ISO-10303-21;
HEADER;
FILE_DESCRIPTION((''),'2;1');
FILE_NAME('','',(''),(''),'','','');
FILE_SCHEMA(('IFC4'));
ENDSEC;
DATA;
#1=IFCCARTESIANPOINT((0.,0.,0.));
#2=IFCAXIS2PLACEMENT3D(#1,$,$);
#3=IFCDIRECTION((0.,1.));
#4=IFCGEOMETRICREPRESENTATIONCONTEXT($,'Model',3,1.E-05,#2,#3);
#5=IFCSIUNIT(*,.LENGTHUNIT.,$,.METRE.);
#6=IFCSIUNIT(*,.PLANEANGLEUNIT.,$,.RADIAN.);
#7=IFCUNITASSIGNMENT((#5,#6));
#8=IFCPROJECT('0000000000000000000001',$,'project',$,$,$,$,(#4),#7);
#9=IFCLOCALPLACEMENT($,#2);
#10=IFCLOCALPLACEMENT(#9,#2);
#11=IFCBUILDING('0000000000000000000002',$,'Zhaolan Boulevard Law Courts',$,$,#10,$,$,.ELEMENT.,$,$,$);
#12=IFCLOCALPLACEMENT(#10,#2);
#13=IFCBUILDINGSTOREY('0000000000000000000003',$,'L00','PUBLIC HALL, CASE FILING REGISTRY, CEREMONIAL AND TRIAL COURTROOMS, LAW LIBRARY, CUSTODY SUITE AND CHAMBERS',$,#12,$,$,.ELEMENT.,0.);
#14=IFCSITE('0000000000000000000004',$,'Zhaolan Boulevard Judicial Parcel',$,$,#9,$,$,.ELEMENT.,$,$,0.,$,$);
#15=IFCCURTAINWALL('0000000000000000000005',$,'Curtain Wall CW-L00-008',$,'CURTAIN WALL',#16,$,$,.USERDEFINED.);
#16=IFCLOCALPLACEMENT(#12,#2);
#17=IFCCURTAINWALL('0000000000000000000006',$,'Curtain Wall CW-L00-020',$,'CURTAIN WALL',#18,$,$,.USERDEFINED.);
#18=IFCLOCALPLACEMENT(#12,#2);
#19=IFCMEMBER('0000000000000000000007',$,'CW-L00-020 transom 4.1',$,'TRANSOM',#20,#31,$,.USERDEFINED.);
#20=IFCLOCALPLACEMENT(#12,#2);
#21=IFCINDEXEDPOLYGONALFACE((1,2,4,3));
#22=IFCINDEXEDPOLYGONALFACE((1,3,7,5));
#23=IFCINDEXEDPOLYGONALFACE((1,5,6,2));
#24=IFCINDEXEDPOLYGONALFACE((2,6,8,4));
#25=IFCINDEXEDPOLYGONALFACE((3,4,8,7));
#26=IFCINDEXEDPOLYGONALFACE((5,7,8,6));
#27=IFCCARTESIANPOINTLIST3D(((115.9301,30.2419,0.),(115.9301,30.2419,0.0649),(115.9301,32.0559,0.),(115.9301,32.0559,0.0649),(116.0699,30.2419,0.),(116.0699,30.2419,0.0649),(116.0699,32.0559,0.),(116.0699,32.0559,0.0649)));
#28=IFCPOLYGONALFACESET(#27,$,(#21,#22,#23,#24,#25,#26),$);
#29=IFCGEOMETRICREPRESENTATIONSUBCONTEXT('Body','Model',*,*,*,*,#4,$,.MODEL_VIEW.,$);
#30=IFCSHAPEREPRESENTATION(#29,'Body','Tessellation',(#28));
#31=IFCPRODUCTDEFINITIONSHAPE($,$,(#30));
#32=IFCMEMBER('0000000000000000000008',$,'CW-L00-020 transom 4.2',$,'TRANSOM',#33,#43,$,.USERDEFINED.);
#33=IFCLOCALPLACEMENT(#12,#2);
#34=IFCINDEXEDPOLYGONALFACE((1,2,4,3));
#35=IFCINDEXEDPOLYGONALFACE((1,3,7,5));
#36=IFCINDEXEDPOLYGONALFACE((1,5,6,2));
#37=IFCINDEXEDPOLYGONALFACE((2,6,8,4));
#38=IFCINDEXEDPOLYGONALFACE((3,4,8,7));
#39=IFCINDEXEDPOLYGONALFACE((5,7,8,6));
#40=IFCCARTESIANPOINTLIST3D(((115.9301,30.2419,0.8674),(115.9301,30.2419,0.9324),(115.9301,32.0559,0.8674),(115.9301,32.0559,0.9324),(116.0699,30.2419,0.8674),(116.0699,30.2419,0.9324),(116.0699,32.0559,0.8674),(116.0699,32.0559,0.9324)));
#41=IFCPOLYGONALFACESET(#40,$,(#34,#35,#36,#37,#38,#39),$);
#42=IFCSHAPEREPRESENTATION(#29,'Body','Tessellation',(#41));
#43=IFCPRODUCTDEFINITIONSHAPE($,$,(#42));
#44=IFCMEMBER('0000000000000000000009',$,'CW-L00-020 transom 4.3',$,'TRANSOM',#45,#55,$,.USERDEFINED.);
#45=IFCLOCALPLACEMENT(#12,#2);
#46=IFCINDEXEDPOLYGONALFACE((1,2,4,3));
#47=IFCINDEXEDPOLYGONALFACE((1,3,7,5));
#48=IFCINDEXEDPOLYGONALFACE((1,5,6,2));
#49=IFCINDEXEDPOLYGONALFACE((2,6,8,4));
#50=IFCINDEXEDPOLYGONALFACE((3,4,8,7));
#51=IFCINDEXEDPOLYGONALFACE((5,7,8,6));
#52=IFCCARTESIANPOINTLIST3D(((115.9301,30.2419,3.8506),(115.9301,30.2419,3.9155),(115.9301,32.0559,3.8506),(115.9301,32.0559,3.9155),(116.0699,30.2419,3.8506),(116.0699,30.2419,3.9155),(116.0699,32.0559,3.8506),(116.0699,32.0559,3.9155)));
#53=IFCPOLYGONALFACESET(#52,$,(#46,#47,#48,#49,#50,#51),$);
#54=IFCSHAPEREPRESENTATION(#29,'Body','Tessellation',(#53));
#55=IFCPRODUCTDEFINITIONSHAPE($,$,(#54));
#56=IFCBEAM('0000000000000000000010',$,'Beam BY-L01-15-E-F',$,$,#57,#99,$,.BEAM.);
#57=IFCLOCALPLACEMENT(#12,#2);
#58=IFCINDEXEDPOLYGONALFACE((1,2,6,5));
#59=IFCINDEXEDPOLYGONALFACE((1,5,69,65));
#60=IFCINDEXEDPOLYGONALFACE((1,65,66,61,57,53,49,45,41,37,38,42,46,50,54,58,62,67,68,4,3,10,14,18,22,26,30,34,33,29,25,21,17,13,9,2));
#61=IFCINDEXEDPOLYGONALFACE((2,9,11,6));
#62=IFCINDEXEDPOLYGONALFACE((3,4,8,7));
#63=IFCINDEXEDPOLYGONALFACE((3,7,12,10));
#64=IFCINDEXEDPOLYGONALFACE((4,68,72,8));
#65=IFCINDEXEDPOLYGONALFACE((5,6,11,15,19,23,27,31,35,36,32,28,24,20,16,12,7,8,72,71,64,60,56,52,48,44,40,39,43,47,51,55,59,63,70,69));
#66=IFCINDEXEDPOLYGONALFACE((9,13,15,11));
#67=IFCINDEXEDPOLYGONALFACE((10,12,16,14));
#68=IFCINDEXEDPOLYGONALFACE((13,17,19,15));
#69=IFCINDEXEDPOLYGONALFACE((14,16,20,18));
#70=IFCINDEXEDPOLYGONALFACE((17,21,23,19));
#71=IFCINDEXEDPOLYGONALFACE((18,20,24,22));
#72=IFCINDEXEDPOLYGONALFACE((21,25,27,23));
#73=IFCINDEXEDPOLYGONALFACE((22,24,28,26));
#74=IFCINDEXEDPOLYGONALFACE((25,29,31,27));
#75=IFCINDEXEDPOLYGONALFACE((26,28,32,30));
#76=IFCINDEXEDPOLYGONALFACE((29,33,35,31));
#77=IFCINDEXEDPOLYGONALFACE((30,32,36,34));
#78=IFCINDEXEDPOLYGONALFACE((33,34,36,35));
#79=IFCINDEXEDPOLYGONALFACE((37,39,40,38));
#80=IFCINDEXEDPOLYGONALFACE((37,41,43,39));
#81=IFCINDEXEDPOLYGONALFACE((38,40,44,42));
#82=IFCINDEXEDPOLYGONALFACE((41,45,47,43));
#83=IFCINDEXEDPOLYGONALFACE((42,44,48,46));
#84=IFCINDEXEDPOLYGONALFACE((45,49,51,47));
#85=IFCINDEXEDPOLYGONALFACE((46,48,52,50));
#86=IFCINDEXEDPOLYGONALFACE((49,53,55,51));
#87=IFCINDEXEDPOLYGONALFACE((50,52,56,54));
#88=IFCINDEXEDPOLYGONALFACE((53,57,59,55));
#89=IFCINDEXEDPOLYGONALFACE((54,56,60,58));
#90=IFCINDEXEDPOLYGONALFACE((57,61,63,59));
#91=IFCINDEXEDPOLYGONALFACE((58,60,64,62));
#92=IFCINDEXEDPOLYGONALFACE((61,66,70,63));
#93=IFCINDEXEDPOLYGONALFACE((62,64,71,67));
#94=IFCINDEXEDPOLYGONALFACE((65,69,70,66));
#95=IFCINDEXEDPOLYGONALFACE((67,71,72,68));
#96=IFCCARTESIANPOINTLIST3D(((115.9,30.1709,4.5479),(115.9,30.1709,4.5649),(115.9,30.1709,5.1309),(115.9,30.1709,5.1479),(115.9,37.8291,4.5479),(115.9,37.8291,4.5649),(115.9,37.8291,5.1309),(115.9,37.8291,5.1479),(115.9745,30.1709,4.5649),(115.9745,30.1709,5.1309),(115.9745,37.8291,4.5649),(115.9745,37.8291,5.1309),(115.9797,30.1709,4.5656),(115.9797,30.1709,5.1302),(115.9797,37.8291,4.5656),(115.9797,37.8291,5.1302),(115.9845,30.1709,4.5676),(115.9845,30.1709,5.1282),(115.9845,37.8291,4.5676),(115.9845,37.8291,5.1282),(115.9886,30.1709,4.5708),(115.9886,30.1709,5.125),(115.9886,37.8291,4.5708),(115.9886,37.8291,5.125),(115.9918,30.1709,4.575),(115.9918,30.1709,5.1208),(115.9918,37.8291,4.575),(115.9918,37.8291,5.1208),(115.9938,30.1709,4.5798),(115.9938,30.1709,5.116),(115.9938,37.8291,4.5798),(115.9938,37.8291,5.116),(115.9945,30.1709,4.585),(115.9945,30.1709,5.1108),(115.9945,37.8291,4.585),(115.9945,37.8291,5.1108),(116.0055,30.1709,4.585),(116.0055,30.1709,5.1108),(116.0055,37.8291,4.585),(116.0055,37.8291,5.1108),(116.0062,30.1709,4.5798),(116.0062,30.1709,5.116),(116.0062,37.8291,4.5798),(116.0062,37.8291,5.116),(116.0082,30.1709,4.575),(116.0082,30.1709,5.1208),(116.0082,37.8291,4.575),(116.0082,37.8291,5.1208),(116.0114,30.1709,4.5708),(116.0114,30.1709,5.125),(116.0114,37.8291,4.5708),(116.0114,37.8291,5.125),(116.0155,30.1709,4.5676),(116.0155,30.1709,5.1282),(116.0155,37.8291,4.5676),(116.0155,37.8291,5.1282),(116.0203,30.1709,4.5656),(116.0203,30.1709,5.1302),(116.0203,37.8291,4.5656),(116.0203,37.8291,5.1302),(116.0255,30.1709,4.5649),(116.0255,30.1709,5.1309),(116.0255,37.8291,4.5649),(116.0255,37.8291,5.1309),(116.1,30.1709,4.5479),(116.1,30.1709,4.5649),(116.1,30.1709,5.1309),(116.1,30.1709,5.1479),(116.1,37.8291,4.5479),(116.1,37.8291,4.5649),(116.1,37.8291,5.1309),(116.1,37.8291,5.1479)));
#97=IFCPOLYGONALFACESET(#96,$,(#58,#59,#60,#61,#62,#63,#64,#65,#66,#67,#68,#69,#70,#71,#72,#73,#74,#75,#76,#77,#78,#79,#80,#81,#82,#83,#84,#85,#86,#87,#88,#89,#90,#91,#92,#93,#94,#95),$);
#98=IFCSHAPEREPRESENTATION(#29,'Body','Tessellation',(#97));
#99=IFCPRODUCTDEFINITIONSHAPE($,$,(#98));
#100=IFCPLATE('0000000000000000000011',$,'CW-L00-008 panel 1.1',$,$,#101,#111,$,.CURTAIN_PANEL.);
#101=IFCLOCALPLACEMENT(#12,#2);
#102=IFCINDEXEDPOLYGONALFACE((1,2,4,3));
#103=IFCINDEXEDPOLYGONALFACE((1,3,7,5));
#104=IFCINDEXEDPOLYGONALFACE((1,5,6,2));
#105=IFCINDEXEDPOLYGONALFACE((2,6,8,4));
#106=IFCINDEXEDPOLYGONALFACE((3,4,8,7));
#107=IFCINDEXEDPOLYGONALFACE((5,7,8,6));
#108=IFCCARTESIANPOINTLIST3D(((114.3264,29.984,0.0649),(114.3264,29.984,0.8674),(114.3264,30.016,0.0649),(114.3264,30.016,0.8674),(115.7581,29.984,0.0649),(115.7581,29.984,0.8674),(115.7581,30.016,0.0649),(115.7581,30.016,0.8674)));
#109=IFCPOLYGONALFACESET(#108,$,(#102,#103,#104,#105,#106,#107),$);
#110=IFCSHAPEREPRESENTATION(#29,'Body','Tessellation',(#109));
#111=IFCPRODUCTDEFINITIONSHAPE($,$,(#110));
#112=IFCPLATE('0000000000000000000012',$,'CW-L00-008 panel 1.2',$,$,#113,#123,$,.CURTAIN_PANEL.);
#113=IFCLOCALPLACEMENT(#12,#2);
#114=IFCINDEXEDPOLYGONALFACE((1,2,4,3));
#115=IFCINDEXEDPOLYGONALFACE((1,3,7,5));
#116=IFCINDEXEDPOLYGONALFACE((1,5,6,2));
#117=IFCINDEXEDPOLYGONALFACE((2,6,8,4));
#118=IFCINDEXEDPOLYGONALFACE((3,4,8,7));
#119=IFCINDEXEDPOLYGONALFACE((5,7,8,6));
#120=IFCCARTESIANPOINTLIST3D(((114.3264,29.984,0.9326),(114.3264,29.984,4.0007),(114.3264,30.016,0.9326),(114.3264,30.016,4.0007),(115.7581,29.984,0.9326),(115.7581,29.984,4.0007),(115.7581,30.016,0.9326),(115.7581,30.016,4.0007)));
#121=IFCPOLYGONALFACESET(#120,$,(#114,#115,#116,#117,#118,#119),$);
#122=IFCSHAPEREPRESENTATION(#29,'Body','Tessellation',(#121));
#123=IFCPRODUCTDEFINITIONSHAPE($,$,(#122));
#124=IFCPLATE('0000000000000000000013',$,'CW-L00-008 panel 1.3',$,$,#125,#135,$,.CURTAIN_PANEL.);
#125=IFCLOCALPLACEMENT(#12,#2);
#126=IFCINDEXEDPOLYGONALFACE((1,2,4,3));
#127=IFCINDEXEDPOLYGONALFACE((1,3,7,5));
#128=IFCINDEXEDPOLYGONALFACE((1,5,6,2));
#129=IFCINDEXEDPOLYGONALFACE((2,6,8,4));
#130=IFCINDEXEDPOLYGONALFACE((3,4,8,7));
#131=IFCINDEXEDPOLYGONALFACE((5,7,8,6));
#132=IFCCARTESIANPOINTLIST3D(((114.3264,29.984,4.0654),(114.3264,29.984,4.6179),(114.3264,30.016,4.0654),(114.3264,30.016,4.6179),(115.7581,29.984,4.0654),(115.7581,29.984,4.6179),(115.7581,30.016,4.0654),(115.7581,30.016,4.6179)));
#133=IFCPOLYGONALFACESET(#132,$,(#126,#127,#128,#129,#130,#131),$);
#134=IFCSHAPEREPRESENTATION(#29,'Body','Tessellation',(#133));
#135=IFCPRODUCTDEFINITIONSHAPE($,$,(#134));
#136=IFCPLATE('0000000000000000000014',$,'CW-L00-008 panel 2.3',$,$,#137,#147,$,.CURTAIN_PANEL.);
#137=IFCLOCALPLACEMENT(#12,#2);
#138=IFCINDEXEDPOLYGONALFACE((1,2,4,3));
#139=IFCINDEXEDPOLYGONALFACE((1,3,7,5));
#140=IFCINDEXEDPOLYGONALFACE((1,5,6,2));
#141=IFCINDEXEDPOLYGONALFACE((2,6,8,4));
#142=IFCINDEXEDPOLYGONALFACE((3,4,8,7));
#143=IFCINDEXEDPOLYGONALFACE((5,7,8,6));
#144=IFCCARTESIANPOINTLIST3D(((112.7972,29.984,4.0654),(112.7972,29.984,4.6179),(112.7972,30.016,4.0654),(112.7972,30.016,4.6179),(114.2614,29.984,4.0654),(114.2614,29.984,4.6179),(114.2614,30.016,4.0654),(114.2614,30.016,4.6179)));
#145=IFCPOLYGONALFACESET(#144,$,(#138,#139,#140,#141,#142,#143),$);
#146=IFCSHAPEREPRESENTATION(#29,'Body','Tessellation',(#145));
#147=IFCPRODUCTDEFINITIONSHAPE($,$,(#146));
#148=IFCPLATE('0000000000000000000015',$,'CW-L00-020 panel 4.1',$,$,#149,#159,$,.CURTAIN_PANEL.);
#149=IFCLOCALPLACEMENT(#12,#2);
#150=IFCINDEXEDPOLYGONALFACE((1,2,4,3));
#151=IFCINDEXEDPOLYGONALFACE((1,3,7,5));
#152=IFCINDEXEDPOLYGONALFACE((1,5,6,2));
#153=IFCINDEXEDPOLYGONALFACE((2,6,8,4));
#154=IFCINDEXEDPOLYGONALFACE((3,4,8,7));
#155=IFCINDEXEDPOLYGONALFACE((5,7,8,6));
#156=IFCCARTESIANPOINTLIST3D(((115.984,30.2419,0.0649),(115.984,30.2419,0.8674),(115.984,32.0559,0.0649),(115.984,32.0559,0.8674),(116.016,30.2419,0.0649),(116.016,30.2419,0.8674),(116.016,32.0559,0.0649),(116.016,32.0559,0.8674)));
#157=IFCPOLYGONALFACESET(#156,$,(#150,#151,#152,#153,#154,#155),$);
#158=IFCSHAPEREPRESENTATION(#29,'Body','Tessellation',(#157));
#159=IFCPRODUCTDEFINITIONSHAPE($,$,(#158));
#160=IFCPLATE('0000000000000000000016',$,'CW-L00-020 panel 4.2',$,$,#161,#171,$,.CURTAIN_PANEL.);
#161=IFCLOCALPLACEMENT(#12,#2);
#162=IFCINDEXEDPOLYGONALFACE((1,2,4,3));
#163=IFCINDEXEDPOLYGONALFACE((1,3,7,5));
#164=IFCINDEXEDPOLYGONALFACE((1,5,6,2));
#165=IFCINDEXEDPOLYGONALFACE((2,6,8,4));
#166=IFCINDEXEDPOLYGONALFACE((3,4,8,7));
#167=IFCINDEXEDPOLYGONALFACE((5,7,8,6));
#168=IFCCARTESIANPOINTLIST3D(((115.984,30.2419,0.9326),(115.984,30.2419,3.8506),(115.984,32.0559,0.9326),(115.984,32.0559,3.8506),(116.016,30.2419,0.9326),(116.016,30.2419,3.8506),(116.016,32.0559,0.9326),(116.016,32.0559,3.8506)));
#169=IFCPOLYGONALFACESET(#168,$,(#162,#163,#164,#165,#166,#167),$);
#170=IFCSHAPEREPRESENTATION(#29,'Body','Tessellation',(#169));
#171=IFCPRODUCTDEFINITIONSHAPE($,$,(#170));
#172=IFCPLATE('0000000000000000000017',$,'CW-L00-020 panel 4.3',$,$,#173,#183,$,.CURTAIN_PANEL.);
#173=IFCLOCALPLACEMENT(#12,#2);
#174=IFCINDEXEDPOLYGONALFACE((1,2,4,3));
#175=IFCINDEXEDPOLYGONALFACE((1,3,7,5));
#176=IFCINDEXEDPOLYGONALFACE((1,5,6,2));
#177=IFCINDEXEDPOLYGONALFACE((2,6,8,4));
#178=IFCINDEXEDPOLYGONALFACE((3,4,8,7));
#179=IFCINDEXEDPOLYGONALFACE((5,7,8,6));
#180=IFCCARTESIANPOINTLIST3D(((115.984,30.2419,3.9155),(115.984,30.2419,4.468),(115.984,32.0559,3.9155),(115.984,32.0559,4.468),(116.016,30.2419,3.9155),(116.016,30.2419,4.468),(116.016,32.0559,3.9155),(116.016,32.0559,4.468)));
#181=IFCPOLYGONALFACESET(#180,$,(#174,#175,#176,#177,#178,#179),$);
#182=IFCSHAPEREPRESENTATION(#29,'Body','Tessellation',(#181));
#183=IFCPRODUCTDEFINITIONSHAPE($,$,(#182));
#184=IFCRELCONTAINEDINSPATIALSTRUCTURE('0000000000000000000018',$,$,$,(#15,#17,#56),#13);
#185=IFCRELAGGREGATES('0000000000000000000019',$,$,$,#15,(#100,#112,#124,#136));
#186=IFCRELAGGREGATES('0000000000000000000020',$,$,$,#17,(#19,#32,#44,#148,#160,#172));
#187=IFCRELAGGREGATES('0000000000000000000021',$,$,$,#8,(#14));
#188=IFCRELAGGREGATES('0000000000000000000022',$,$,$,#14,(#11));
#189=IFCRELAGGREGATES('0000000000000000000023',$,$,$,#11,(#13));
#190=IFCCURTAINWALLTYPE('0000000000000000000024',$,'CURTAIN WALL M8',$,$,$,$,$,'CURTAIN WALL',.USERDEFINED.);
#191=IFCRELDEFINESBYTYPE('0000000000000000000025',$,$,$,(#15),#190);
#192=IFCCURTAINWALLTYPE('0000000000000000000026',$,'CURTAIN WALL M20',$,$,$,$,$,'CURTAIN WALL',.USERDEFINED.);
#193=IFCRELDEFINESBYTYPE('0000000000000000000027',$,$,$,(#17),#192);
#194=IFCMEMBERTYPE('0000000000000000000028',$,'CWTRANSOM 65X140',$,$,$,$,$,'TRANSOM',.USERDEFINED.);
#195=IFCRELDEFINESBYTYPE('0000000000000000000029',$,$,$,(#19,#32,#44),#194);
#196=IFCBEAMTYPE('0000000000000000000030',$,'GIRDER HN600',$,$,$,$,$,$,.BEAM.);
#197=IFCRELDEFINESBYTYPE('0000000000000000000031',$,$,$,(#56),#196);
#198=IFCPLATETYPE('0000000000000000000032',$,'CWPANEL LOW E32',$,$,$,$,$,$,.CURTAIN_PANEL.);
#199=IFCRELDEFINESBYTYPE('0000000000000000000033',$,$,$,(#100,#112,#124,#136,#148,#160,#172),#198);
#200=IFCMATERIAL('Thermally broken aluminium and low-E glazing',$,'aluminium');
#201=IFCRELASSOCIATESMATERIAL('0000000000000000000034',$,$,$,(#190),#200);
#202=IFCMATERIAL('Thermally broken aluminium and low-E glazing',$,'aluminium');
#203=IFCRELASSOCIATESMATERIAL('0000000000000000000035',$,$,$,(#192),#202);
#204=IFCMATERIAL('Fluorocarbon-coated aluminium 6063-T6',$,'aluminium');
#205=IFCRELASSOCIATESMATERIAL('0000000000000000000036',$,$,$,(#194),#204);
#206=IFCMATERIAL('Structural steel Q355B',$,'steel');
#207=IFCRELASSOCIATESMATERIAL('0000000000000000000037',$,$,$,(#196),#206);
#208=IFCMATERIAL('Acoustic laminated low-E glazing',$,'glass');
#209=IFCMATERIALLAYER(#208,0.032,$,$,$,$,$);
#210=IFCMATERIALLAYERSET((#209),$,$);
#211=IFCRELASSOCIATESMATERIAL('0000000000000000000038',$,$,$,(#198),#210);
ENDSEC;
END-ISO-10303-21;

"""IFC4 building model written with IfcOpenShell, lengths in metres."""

from ifc_helpers import new_model, si_unit, direction, frame, origin, origin_2d, place, context, subcontext, project, spatial, rectangle, i_section, extrude, material, layer, layer_set, material_profile, profile_set, type_object, element, aggregate, save


model = new_model("IFC4")

# Units and contexts
model_context = context("Model", 3, precision=1e-05, world=origin(), true_north=direction((0.0, 1.0)))
body_context = subcontext(model_context, "Body", "Model", "MODEL_VIEW")
ifc_project = project(units=[si_unit("LENGTHUNIT", "METRE"), si_unit("PLANEANGLEUNIT", "RADIAN")], contexts=[model_context])

# Site, building, storey
site_placement = place(None, origin())
site = spatial("IfcSite", under=ifc_project, at=site_placement, Name="Zhaolan Boulevard Judicial Parcel", CompositionType="ELEMENT", RefElevation=0.0)
building_placement = place(site_placement, origin())
building = spatial("IfcBuilding", under=site, at=building_placement, Name="Zhaolan Boulevard Law Courts", CompositionType="ELEMENT")
storey_placement = place(building_placement, origin())
storey = spatial("IfcBuildingStorey", under=building, at=storey_placement, Name="L00", Description="PUBLIC HALL, CASE FILING REGISTRY, CEREMONIAL AND TRIAL COURTROOMS, LAW LIBRARY, CUSTODY SUITE AND CHAMBERS", CompositionType="ELEMENT", Elevation=0.0)

# Curtain wall
ifc_material_1 = material(Name="Thermally broken aluminium and low-E glazing", Category="aluminium")
curtain_wall_type_1 = type_object("IfcCurtainWallType", Name="CURTAIN WALL M8", ElementType="CURTAIN WALL", PredefinedType="USERDEFINED", material=ifc_material_1)
curtain_wall_1_placement = place(storey_placement, origin())
curtain_wall_1 = element("IfcCurtainWall", 1, at=curtain_wall_1_placement, inside=storey, type_object=curtain_wall_type_1, Name="Curtain Wall CW-L00-008", ObjectType="CURTAIN WALL", PredefinedType="USERDEFINED")

# Curtain wall
ifc_material_2 = material(Name="Thermally broken aluminium and low-E glazing", Category="aluminium")
curtain_wall_type_2 = type_object("IfcCurtainWallType", Name="CURTAIN WALL M20", ElementType="CURTAIN WALL", PredefinedType="USERDEFINED", material=ifc_material_2)
curtain_wall_2_placement = place(storey_placement, origin())
curtain_wall_2 = element("IfcCurtainWall", 2, at=curtain_wall_2_placement, inside=storey, type_object=curtain_wall_type_2, Name="Curtain Wall CW-L00-020", ObjectType="CURTAIN WALL", PredefinedType="USERDEFINED")

# Members
ifc_material_3 = material(Name="Fluorocarbon-coated aluminium 6063-T6", Category="aluminium")
ifc_material_profile_1 = material_profile(ifc_material_3, rectangle(XDim=0.1399, YDim=0.0649, at=origin_2d()), Name="AL65x140")
ifc_profile_set_1 = profile_set([ifc_material_profile_1], Name="Fluorocarbon-coated aluminium 6063-T6")
member_type_1 = type_object("IfcMemberType", Name="CWTRANSOM 65X140", ElementType="TRANSOM", PredefinedType="USERDEFINED", material=ifc_profile_set_1)
member_1_placement = place(storey_placement, frame((116.0, 32.0559, 0.0325), z_axis=(0.0, -1.0, 0.0), x_axis=(1.0, 0.0, 0.0)))
member_1 = element("IfcMember", 3, at=member_1_placement, type_object=member_type_1, Name="CW-L00-020 transom 4.1", ObjectType="TRANSOM", PredefinedType="USERDEFINED", context=body_context, shape_type="SweptSolid", body=[
    extrude(rectangle(XDim=0.1399, YDim=0.0649, at=origin_2d()), origin(), (0.0, 0.0, 1.0), 1.814),
])
member_2_placement = place(storey_placement, frame((116.0, 32.0559, 0.8999), z_axis=(0.0, -1.0, 0.0), x_axis=(1.0, 0.0, 0.0)))
member_2 = element("IfcMember", 4, at=member_2_placement, type_object=member_type_1, Name="CW-L00-020 transom 4.2", ObjectType="TRANSOM", PredefinedType="USERDEFINED", context=body_context, shape_type="SweptSolid", body=[
    extrude(rectangle(XDim=0.1399, YDim=0.0649, at=origin_2d()), origin(), (0.0, 0.0, 1.0), 1.814),
])
member_3_placement = place(storey_placement, frame((116.0, 32.0559, 3.8831), z_axis=(0.0, -1.0, 0.0), x_axis=(1.0, 0.0, 0.0)))
member_3 = element("IfcMember", 5, at=member_3_placement, type_object=member_type_1, Name="CW-L00-020 transom 4.3", ObjectType="TRANSOM", PredefinedType="USERDEFINED", context=body_context, shape_type="SweptSolid", body=[
    extrude(rectangle(XDim=0.1399, YDim=0.0649, at=origin_2d()), origin(), (0.0, 0.0, 1.0), 1.814),
])

# Beam
ifc_material_4 = material(Name="Structural steel Q355B", Category="steel")
ifc_material_profile_2 = material_profile(ifc_material_4, i_section(OverallWidth=0.2, OverallDepth=0.6001, WebThickness=0.011, FlangeThickness=0.0171, FilletRadius=0.02, at=origin_2d()), Name="HN600x200")
ifc_profile_set_2 = profile_set([ifc_material_profile_2], Name="Structural steel Q355B")
beam_type = type_object("IfcBeamType", Name="GIRDER HN600", PredefinedType="BEAM", material=ifc_profile_set_2)
beam_placement = place(storey_placement, frame((116.0, 30.1709, 4.8479), z_axis=(0.0, 1.0, 0.0), x_axis=(-1.0, 0.0, 0.0)))
element("IfcBeam", 6, at=beam_placement, inside=storey, type_object=beam_type, Name="Beam BY-L01-15-E-F", PredefinedType="BEAM", context=body_context, shape_type="SweptSolid", body=[
    extrude(i_section(OverallWidth=0.2, OverallDepth=0.6001, WebThickness=0.011, FlangeThickness=0.0171, FilletRadius=0.02, at=origin_2d()), origin(), (0.0, 0.0, 1.0), 7.6582),
])

# Plates
ifc_material_5 = material(Name="Acoustic laminated low-E glazing", Category="glass")
ifc_layer_1 = layer(ifc_material_5, 0.032)
ifc_layer_set_1 = layer_set([ifc_layer_1])
plate_type = type_object("IfcPlateType", Name="CWPANEL LOW E32", PredefinedType="CURTAIN_PANEL", material=ifc_layer_set_1)
plate_1_placement = place(storey_placement, frame((115.0422, 30.0, 0.0649), z_axis=(0.0, 0.0, 1.0), x_axis=(-1.0, 0.0, 0.0)))
plate_1 = element("IfcPlate", 7, at=plate_1_placement, type_object=plate_type, Name="CW-L00-008 panel 1.1", PredefinedType="CURTAIN_PANEL", context=body_context, shape_type="SweptSolid", body=[
    extrude(rectangle(XDim=1.4316, YDim=0.032, at=origin_2d()), origin(), (0.0, 0.0, 1.0), 0.8025),
])
plate_2_placement = place(storey_placement, frame((115.0422, 30.0, 0.9326), z_axis=(0.0, 0.0, 1.0), x_axis=(-1.0, 0.0, 0.0)))
plate_2 = element("IfcPlate", 8, at=plate_2_placement, type_object=plate_type, Name="CW-L00-008 panel 1.2", PredefinedType="CURTAIN_PANEL", context=body_context, shape_type="SweptSolid", body=[
    extrude(rectangle(XDim=1.4316, YDim=0.032, at=origin_2d()), origin(), (0.0, 0.0, 1.0), 3.0681),
])
plate_3_placement = place(storey_placement, frame((115.0422, 30.0, 4.0654), z_axis=(0.0, 0.0, 1.0), x_axis=(-1.0, 0.0, 0.0)))
plate_3 = element("IfcPlate", 9, at=plate_3_placement, type_object=plate_type, Name="CW-L00-008 panel 1.3", PredefinedType="CURTAIN_PANEL", context=body_context, shape_type="SweptSolid", body=[
    extrude(rectangle(XDim=1.4316, YDim=0.032, at=origin_2d()), origin(), (0.0, 0.0, 1.0), 0.5525),
])
plate_4_placement = place(storey_placement, frame((113.5293, 30.0, 4.0654), z_axis=(0.0, 0.0, 1.0), x_axis=(-1.0, 0.0, 0.0)))
plate_4 = element("IfcPlate", 10, at=plate_4_placement, type_object=plate_type, Name="CW-L00-008 panel 2.3", PredefinedType="CURTAIN_PANEL", context=body_context, shape_type="SweptSolid", body=[
    extrude(rectangle(XDim=1.4641, YDim=0.032, at=origin_2d()), origin(), (0.0, 0.0, 1.0), 0.5525),
])
aggregate(curtain_wall_1, [plate_1, plate_2, plate_3, plate_4])
plate_5_placement = place(storey_placement, frame((116.0, 31.1489, 0.0649), z_axis=(0.0, 0.0, 1.0), x_axis=(0.0, -1.0, 0.0)))
plate_5 = element("IfcPlate", 11, at=plate_5_placement, type_object=plate_type, Name="CW-L00-020 panel 4.1", PredefinedType="CURTAIN_PANEL", context=body_context, shape_type="SweptSolid", body=[
    extrude(rectangle(XDim=1.814, YDim=0.032, at=origin_2d()), origin(), (0.0, 0.0, 1.0), 0.8025),
])
plate_6_placement = place(storey_placement, frame((116.0, 31.1489, 0.9326), z_axis=(0.0, 0.0, 1.0), x_axis=(0.0, -1.0, 0.0)))
plate_6 = element("IfcPlate", 12, at=plate_6_placement, type_object=plate_type, Name="CW-L00-020 panel 4.2", PredefinedType="CURTAIN_PANEL", context=body_context, shape_type="SweptSolid", body=[
    extrude(rectangle(XDim=1.814, YDim=0.032, at=origin_2d()), origin(), (0.0, 0.0, 1.0), 2.918),
])
plate_7_placement = place(storey_placement, frame((116.0, 31.1489, 3.9155), z_axis=(0.0, 0.0, 1.0), x_axis=(0.0, -1.0, 0.0)))
plate_7 = element("IfcPlate", 13, at=plate_7_placement, type_object=plate_type, Name="CW-L00-020 panel 4.3", PredefinedType="CURTAIN_PANEL", context=body_context, shape_type="SweptSolid", body=[
    extrude(rectangle(XDim=1.814, YDim=0.032, at=origin_2d()), origin(), (0.0, 0.0, 1.0), 0.5525),
])
aggregate(curtain_wall_2, [member_1, member_2, member_3, plate_5, plate_6, plate_7])

save(model, "model.ifc")
